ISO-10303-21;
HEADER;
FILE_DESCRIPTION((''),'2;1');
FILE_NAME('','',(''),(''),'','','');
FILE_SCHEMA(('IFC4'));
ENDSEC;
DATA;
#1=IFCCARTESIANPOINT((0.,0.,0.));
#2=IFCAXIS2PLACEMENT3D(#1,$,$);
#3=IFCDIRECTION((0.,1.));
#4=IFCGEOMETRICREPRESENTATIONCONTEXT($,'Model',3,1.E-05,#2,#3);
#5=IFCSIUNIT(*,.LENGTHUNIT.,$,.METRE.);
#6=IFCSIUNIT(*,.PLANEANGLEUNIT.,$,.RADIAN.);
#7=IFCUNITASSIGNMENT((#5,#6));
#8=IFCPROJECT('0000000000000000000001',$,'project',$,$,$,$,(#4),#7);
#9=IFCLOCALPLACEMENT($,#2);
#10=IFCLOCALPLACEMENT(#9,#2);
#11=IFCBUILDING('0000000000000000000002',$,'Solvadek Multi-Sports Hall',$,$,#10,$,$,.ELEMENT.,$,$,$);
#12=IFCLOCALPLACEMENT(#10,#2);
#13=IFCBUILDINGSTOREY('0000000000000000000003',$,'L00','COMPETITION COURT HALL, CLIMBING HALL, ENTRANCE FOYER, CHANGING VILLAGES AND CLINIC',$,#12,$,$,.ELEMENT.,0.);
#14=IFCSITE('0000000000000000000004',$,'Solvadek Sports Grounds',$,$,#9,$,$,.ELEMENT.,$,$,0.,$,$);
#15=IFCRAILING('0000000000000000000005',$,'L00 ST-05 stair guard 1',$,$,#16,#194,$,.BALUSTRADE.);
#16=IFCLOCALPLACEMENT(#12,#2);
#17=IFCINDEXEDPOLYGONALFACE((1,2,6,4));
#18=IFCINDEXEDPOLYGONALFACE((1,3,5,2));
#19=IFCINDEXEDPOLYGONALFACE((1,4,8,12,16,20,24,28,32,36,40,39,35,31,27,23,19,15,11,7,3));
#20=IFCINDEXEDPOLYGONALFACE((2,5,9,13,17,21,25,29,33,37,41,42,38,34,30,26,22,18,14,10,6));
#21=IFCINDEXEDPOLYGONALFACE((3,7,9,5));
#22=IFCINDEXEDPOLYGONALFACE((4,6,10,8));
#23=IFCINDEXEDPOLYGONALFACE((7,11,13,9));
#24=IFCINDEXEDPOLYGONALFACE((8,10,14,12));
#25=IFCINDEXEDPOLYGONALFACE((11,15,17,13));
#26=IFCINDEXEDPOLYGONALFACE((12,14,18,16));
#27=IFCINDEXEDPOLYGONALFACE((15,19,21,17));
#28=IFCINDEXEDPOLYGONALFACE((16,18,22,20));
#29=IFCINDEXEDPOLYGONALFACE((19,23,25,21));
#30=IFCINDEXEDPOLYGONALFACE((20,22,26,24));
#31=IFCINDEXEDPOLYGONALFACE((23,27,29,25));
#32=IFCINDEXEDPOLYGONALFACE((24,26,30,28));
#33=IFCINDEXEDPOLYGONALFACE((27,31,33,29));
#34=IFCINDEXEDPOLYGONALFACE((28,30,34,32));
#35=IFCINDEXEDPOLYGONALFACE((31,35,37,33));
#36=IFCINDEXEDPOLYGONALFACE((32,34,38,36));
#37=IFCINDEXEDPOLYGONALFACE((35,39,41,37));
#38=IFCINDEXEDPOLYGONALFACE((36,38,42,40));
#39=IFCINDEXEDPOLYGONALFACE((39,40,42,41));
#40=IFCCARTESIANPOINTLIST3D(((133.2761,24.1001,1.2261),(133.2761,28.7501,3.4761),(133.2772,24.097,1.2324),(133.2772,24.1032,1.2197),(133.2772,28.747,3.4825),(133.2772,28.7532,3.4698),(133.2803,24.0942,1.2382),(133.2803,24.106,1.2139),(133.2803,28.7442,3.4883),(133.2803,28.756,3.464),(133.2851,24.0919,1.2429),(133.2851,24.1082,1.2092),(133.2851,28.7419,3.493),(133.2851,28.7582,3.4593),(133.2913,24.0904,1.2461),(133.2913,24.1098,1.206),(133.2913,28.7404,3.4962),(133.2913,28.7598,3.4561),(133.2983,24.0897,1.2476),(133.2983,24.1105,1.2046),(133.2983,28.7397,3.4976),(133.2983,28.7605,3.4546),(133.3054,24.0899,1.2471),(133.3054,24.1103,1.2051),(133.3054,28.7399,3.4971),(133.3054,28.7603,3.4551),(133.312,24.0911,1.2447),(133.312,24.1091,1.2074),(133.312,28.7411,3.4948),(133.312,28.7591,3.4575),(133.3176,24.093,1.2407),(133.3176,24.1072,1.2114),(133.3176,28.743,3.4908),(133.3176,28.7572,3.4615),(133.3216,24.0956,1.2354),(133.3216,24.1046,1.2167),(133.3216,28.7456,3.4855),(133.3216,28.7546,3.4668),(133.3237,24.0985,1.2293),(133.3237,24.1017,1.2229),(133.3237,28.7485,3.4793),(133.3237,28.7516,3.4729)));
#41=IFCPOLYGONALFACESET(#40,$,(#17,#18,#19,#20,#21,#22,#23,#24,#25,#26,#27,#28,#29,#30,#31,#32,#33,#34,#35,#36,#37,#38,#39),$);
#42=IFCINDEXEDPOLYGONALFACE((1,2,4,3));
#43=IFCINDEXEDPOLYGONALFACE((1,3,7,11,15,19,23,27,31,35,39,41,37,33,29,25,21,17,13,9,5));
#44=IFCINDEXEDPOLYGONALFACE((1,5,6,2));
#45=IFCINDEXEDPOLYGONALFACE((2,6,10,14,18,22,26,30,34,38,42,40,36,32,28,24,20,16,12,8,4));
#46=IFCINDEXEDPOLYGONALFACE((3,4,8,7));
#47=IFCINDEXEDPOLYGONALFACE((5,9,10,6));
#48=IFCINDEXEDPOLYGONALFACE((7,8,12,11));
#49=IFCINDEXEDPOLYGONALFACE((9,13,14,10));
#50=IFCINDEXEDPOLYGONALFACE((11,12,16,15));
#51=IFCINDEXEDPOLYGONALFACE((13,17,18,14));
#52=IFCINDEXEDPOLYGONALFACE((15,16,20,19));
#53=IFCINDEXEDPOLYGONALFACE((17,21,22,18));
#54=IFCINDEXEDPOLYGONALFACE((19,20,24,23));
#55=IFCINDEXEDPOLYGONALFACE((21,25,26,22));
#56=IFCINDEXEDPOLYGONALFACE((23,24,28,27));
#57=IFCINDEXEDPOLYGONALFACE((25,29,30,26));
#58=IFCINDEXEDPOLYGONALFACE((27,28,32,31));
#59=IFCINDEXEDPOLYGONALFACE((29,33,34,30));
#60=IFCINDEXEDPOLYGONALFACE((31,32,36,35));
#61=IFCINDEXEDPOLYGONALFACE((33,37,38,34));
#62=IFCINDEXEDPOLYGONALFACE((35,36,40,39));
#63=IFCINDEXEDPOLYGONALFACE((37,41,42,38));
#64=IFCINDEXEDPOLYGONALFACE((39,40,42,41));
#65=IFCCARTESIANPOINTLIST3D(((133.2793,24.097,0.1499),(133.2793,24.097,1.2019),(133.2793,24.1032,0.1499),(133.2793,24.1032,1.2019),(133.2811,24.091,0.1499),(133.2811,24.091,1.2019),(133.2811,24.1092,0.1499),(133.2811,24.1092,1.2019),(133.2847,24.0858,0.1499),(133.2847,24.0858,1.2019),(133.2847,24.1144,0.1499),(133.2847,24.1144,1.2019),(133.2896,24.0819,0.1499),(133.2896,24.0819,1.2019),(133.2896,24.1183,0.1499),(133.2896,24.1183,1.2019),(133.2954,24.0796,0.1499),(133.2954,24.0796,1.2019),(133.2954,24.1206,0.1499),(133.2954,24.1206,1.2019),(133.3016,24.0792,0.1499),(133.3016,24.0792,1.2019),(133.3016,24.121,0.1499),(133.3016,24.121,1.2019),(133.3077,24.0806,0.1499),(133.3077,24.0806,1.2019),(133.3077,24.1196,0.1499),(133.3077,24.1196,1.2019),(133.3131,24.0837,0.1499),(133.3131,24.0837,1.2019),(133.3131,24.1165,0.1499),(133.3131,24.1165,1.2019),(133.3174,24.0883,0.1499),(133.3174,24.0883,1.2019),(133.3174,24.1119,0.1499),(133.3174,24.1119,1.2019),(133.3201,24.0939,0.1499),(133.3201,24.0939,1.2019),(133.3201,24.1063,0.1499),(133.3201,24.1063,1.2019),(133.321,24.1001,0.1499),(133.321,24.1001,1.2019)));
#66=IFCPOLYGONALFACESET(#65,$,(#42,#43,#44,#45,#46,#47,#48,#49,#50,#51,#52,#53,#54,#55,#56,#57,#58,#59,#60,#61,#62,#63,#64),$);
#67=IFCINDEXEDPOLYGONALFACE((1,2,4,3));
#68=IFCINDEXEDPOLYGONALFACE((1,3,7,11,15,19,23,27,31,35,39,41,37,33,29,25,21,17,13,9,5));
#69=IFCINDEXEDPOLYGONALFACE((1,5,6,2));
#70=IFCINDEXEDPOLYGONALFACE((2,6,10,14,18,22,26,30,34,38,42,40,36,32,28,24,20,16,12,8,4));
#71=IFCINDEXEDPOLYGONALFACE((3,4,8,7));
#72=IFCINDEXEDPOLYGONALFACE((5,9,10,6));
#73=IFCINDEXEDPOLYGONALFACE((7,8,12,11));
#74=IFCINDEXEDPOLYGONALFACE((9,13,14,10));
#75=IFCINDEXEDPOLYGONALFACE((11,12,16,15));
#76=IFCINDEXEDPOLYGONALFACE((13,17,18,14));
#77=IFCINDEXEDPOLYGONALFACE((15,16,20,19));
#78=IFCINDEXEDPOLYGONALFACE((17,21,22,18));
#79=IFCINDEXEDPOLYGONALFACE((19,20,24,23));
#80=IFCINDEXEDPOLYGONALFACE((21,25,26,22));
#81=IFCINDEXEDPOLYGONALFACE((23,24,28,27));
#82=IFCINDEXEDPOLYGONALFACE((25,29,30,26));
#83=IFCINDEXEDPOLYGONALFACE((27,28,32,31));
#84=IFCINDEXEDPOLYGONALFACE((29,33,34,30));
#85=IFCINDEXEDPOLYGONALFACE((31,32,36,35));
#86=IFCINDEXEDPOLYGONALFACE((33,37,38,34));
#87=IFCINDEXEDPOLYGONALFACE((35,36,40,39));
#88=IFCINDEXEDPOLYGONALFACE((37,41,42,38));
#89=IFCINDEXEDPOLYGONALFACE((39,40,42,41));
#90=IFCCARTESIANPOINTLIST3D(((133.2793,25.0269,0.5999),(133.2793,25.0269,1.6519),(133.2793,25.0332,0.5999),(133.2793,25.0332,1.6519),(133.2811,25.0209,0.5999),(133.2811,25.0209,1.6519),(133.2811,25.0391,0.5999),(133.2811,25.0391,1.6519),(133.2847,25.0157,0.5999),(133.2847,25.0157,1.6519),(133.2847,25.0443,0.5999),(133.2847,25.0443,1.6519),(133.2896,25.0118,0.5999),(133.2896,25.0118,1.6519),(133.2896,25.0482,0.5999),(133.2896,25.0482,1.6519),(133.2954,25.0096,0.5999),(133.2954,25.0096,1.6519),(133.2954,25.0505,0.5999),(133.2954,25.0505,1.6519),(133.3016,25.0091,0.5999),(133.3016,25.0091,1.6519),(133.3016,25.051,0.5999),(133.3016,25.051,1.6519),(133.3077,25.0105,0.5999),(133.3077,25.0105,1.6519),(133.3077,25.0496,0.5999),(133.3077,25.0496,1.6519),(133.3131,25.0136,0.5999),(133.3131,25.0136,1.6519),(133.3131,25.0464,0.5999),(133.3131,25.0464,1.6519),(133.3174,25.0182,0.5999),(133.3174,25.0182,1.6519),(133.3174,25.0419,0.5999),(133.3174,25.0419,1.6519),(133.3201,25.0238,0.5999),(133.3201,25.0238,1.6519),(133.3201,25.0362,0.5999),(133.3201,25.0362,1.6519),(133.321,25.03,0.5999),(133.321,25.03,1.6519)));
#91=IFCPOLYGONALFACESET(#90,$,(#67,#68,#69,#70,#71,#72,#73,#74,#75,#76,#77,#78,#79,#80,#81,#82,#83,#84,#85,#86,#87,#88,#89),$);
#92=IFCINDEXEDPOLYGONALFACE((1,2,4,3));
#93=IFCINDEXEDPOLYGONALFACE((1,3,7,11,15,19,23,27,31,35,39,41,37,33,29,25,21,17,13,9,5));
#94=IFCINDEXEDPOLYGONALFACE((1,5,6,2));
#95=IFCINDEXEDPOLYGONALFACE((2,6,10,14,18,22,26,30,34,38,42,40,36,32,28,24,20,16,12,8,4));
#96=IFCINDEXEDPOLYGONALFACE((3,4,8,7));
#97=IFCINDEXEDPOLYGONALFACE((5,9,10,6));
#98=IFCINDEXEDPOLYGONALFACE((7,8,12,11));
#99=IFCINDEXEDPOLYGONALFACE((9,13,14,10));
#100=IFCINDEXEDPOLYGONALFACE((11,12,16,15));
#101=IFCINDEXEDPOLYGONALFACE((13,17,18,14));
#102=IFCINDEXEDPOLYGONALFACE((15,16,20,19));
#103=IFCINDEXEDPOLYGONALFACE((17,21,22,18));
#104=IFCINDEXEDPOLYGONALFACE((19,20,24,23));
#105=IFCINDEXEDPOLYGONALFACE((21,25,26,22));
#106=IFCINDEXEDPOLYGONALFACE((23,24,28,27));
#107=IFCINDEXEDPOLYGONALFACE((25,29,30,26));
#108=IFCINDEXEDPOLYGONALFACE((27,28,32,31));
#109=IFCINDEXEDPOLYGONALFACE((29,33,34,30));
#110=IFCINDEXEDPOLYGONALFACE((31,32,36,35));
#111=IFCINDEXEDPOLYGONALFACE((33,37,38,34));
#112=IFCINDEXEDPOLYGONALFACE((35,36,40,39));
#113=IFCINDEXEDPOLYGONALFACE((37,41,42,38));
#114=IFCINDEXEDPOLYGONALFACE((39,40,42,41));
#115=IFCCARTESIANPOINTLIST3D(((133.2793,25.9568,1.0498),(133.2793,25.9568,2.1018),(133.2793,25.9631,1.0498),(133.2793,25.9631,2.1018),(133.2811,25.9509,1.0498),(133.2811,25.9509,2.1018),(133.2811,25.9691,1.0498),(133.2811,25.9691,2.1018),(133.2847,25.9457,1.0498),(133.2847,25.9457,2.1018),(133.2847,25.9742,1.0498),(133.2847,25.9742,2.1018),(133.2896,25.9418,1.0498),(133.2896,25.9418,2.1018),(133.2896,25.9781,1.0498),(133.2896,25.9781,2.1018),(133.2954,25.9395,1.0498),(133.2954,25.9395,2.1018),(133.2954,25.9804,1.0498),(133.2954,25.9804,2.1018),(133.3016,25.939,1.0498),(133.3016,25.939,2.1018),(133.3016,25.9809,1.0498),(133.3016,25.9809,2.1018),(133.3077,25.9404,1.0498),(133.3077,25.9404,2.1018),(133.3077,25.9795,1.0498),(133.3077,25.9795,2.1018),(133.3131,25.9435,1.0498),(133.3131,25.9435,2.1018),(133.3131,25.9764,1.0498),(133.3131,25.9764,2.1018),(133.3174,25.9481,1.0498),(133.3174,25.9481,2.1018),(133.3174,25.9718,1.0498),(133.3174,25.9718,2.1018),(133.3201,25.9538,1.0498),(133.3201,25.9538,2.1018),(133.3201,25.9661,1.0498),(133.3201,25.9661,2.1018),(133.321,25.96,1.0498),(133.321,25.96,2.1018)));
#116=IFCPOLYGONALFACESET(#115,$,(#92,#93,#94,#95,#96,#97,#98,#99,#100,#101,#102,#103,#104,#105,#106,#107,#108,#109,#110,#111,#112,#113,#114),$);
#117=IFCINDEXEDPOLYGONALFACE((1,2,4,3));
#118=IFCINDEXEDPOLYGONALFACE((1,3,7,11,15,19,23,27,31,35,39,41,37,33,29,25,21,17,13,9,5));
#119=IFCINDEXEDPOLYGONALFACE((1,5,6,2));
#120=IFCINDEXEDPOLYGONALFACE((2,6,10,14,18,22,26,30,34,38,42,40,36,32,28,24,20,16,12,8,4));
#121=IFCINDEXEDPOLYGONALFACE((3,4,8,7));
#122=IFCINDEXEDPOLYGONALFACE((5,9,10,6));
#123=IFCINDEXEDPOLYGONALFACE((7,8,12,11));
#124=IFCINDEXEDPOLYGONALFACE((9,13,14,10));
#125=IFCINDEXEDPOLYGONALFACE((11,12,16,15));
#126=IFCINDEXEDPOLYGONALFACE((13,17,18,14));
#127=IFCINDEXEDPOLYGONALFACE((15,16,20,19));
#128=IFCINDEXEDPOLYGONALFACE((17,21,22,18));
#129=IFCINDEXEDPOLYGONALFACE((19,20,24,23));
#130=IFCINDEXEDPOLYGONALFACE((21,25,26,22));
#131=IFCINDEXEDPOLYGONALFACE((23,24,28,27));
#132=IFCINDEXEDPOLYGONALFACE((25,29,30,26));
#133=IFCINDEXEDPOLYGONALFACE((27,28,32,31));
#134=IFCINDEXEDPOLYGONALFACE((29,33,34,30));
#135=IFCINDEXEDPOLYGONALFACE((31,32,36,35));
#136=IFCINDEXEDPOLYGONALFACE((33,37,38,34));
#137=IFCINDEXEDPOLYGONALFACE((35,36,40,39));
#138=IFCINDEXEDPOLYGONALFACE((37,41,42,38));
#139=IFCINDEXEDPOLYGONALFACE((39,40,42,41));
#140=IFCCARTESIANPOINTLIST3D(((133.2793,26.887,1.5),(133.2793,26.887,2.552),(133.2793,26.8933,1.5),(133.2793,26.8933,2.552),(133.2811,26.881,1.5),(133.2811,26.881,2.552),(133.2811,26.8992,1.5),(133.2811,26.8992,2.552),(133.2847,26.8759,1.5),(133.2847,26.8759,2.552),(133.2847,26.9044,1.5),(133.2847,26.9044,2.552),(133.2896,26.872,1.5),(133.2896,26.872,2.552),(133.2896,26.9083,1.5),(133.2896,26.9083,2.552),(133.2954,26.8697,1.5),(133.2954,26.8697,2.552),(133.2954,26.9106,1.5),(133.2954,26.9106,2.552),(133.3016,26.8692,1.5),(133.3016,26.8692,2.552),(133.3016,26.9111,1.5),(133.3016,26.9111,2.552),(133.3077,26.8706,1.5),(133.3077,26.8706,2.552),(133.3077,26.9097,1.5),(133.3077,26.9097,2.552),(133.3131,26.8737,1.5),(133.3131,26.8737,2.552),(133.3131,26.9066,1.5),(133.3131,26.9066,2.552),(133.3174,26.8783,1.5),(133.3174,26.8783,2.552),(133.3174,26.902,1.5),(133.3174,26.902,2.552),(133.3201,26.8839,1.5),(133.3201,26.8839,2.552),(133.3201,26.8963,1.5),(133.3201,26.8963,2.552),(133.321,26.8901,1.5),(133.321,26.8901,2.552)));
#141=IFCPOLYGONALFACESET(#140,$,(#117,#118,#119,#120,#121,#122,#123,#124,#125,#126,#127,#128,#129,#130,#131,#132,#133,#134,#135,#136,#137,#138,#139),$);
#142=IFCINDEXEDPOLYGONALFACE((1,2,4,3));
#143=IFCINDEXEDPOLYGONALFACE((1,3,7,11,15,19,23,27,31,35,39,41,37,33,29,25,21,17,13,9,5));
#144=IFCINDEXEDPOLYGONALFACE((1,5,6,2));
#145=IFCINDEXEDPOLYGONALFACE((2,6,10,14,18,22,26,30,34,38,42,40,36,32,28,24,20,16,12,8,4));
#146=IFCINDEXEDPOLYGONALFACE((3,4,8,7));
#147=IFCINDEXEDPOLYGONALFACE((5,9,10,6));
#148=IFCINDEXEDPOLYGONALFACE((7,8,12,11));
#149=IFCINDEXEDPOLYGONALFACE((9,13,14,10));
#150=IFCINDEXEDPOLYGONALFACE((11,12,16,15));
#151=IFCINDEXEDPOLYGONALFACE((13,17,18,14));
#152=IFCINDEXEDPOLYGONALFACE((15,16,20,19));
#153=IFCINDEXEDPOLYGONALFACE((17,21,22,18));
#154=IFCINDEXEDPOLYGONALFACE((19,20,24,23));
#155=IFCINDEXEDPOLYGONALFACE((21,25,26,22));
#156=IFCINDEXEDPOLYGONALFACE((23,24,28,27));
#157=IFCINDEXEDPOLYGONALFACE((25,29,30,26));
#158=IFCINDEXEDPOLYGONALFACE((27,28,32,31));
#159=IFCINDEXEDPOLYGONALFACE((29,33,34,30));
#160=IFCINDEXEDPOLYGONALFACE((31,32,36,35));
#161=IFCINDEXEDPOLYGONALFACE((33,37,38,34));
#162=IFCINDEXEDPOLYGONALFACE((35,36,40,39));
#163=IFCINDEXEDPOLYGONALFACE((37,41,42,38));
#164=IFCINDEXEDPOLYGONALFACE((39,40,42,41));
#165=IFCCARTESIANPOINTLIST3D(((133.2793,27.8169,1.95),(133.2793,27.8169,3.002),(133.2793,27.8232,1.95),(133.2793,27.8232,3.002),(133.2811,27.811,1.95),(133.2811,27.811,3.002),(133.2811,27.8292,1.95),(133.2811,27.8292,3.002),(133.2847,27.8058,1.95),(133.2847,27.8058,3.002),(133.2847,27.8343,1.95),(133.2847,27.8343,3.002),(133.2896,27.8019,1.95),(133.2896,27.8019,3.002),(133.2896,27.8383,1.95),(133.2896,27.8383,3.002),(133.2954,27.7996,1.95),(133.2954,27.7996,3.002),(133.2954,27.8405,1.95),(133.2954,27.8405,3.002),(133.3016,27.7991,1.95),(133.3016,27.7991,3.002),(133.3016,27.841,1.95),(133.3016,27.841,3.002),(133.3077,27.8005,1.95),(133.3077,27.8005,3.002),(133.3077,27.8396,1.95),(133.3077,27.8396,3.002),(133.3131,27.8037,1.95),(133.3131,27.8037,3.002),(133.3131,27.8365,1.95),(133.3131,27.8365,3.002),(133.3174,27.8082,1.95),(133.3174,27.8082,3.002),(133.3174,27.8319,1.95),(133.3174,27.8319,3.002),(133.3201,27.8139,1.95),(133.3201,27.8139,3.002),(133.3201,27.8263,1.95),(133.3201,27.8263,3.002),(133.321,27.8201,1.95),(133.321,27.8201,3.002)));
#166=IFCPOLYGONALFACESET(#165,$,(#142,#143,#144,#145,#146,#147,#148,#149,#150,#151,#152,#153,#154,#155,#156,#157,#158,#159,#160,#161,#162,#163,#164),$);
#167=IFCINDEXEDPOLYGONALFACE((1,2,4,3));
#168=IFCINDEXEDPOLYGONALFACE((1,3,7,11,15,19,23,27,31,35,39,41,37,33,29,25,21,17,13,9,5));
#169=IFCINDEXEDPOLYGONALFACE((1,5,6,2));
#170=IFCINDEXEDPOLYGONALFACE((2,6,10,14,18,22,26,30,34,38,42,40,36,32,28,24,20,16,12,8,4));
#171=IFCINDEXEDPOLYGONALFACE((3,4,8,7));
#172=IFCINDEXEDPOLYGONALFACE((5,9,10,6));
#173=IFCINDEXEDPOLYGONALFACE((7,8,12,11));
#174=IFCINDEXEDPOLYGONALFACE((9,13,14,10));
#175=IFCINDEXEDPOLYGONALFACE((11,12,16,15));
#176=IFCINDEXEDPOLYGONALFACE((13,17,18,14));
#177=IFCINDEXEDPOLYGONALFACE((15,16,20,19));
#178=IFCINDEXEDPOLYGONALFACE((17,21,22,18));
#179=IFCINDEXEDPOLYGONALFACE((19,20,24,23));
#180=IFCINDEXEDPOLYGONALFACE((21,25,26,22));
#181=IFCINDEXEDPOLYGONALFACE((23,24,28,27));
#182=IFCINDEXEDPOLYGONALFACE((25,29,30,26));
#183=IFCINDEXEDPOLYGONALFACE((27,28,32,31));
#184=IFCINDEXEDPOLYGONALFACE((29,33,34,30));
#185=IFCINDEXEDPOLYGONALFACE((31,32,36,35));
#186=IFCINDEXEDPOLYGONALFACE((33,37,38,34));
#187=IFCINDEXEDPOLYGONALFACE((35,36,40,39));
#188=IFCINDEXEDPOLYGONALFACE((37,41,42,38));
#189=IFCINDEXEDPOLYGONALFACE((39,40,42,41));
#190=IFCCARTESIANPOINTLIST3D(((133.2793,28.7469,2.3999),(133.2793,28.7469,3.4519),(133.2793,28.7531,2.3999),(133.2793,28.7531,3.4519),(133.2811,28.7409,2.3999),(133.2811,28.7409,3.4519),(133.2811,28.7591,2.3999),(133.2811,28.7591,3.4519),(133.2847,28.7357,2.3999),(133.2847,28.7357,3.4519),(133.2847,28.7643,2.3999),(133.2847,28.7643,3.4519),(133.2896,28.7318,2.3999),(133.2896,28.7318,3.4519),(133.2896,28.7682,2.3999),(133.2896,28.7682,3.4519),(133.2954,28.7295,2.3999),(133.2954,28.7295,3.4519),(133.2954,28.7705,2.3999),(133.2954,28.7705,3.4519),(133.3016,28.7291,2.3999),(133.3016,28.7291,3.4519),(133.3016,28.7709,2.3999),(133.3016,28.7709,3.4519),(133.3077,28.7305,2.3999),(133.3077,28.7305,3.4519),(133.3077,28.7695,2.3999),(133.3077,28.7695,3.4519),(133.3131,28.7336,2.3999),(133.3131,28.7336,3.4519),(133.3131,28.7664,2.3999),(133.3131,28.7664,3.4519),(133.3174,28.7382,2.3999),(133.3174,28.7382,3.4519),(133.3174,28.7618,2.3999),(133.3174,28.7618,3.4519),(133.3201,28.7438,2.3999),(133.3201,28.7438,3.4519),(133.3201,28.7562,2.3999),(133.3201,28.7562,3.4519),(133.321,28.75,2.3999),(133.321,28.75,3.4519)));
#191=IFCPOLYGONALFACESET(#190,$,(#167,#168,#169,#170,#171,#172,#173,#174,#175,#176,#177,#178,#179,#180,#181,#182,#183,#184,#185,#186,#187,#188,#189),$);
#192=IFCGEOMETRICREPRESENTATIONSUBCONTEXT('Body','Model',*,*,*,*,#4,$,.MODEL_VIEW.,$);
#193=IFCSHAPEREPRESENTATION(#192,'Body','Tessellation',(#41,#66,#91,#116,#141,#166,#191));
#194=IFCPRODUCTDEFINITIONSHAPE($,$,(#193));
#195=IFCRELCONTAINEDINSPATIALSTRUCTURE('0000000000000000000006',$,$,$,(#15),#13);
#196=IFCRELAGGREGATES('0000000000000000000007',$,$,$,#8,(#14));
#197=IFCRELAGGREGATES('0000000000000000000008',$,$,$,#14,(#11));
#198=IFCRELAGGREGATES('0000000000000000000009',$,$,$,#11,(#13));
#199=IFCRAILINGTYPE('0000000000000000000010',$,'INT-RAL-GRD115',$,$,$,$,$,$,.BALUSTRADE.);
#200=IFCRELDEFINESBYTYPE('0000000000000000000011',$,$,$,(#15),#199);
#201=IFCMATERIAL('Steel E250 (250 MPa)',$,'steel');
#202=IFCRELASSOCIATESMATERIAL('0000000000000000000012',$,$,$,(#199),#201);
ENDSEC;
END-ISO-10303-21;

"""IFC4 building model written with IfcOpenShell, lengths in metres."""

from ifc_helpers import new_model, si_unit, direction, frame, origin, origin_2d, place, context, subcontext, project, spatial, circle, extrude, material, type_object, element, save


model = new_model("IFC4")

# Units and contexts
model_context = context("Model", 3, precision=1e-05, world=origin(), true_north=direction((0.0, 1.0)))
body_context = subcontext(model_context, "Body", "Model", "MODEL_VIEW")
ifc_project = project(units=[si_unit("LENGTHUNIT", "METRE"), si_unit("PLANEANGLEUNIT", "RADIAN")], contexts=[model_context])

# Site, building, storey
site_placement = place(None, origin())
site = spatial("IfcSite", under=ifc_project, at=site_placement, Name="Solvadek Sports Grounds", CompositionType="ELEMENT", RefElevation=0.0)
building_placement = place(site_placement, origin())
building = spatial("IfcBuilding", under=site, at=building_placement, Name="Solvadek Multi-Sports Hall", CompositionType="ELEMENT")
storey_placement = place(building_placement, origin())
storey = spatial("IfcBuildingStorey", under=building, at=storey_placement, Name="L00", Description="COMPETITION COURT HALL, CLIMBING HALL, ENTRANCE FOYER, CHANGING VILLAGES AND CLINIC", CompositionType="ELEMENT", Elevation=0.0)

# Shared definitions
ifc_material_1 = material(Name="Steel E250 (250 MPa)", Category="steel")

# Railing
railing_type_1 = type_object("IfcRailingType", Name="INT-RAL-GRD115", PredefinedType="BALUSTRADE", material=ifc_material_1)
railing_1_placement = place(storey_placement, frame((133.3, 24.1001, 0.1499)))
element("IfcRailing", 1, at=railing_1_placement, inside=storey, type_object=railing_type_1, Name="L00 ST-05 stair guard 1", PredefinedType="BALUSTRADE", context=body_context, shape_type="SweptSolid", body=[
    extrude(circle(Radius=0.0239, at=origin_2d()), frame((0.0, 0.0, 1.0762), z_axis=(0.0, 0.900156, 0.435568), x_axis=(-1.0, 0.0, 0.0)), (0.0, 0.0, 1.0), 5.1658),
    extrude(circle(Radius=0.021, at=origin_2d()), origin(), (0.0, 0.0, 1.0), 1.052),
    extrude(circle(Radius=0.021, at=origin_2d()), frame((0.0, 0.9299, 0.45)), (0.0, 0.0, 1.0), 1.052),
    extrude(circle(Radius=0.021, at=origin_2d()), frame((0.0, 1.8599, 0.8999)), (0.0, 0.0, 1.0), 1.052),
    extrude(circle(Radius=0.021, at=origin_2d()), frame((0.0, 2.79, 1.3501)), (0.0, 0.0, 1.0), 1.052),
    extrude(circle(Radius=0.021, at=origin_2d()), frame((0.0, 3.72, 1.8)), (0.0, 0.0, 1.0), 1.052),
    extrude(circle(Radius=0.021, at=origin_2d()), frame((0.0, 4.6499, 2.25)), (0.0, 0.0, 1.0), 1.052),
])

save(model, "model.ifc")
